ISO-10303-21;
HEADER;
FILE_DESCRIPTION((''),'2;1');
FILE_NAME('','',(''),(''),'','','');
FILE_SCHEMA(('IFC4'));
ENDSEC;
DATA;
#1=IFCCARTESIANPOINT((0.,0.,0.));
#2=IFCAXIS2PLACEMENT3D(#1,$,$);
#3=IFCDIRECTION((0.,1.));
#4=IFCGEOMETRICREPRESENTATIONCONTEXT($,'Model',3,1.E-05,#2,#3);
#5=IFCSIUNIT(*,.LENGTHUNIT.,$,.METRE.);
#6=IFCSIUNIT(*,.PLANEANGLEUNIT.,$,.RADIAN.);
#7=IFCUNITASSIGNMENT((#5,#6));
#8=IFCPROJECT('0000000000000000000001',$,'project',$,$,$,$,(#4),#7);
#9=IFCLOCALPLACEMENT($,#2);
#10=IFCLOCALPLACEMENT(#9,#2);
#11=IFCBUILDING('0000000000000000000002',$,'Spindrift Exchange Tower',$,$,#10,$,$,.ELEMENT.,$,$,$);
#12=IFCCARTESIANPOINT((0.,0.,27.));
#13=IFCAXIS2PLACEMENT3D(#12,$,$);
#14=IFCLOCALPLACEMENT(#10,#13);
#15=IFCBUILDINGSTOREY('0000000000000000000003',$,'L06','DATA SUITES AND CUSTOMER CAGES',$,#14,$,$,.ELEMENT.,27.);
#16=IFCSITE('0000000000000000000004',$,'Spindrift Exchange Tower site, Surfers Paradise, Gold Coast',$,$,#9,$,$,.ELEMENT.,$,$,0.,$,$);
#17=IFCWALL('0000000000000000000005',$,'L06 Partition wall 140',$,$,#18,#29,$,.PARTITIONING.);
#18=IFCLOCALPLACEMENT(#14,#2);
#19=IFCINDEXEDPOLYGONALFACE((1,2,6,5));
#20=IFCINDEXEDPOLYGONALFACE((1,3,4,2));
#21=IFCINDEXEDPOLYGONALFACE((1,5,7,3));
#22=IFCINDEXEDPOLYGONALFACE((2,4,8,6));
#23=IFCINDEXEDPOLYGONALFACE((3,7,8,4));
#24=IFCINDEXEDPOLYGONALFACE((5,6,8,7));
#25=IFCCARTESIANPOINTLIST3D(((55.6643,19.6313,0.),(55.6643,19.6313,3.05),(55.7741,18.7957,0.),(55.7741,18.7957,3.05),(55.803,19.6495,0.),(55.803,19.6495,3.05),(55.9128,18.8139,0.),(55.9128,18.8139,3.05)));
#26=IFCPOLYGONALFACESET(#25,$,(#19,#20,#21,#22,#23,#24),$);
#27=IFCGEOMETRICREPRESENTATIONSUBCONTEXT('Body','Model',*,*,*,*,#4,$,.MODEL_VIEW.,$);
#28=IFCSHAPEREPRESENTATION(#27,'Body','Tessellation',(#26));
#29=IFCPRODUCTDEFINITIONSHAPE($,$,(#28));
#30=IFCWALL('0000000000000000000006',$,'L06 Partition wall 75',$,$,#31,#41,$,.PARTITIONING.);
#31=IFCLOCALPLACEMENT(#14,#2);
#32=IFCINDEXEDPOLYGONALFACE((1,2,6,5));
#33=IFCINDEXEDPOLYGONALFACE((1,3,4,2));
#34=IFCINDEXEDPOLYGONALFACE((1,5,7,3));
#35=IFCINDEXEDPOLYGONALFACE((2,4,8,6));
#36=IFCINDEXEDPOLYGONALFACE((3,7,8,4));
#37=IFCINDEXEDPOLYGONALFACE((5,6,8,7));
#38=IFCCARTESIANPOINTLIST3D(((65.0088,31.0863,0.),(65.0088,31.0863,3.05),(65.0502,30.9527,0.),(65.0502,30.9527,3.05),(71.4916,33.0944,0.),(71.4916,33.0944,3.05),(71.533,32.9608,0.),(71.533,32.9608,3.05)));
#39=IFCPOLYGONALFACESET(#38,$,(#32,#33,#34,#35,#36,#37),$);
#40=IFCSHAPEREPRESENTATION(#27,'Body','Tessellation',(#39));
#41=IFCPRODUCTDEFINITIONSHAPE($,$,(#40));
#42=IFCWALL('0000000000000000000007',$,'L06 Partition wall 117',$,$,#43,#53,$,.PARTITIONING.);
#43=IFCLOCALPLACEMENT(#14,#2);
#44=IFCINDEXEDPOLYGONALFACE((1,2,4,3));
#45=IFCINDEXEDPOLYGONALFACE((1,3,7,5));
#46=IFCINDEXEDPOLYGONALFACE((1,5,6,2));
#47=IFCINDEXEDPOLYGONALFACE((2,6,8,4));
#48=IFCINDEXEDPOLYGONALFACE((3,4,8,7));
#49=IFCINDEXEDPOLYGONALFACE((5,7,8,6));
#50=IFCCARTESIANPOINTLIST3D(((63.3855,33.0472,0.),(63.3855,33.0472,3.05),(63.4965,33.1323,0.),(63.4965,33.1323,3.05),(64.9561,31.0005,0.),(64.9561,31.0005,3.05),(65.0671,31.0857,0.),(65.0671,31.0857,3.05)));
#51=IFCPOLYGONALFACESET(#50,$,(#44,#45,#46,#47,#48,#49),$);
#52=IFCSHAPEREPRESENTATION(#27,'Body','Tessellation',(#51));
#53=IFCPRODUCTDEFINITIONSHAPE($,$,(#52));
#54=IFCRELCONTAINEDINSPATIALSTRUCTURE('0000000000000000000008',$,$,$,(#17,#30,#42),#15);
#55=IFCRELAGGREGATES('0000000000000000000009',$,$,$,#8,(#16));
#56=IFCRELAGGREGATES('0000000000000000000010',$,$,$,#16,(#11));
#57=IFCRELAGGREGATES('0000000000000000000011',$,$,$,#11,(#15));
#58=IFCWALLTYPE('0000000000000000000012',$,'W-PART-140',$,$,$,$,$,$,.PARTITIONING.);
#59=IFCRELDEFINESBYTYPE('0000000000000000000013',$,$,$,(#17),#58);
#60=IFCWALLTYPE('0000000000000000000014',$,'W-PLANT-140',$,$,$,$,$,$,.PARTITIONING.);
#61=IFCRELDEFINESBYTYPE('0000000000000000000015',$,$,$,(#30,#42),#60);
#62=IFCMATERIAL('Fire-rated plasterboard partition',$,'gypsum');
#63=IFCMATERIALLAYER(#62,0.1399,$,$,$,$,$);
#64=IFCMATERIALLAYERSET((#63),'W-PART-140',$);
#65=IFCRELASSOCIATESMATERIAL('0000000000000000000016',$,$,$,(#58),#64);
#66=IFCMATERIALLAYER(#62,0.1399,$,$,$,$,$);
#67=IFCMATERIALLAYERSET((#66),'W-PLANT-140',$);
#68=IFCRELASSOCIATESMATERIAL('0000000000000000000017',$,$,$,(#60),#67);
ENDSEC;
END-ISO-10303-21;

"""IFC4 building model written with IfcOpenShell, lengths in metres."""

from ifc_helpers import new_model, si_unit, direction, frame, frame_2d, origin, place, context, subcontext, project, spatial, rectangle, extrude, material, layer, layer_set, type_object, element, save


model = new_model("IFC4")

# Units and contexts
model_context = context("Model", 3, precision=1e-05, world=origin(), true_north=direction((0.0, 1.0)))
body_context = subcontext(model_context, "Body", "Model", "MODEL_VIEW")
ifc_project = project(units=[si_unit("LENGTHUNIT", "METRE"), si_unit("PLANEANGLEUNIT", "RADIAN")], contexts=[model_context])

# Site, building, storey
site_placement = place(None, origin())
site = spatial("IfcSite", under=ifc_project, at=site_placement, Name="Spindrift Exchange Tower site, Surfers Paradise, Gold Coast", CompositionType="ELEMENT", RefElevation=0.0)
building_placement = place(site_placement, origin())
building = spatial("IfcBuilding", under=site, at=building_placement, Name="Spindrift Exchange Tower", CompositionType="ELEMENT")
storey_placement = place(building_placement, frame((0.0, 0.0, 27.0)))
storey = spatial("IfcBuildingStorey", under=building, at=storey_placement, Name="L06", Description="DATA SUITES AND CUSTOMER CAGES", CompositionType="ELEMENT", Elevation=27.0)

# Shared definitions
ifc_material_1 = material(Name="Fire-rated plasterboard partition", Category="gypsum")
ifc_layer_1 = layer(ifc_material_1, 0.1399)
ifc_layer_set_1 = layer_set([ifc_layer_1], Name="W-PART-140")
wall_type_1 = type_object("IfcWallType", Name="W-PART-140", PredefinedType="PARTITIONING", material=ifc_layer_set_1)

# Walls
wall_1_placement = place(storey_placement, frame((55.7336, 19.6404, 0.0), z_axis=(0.0, 0.0, 1.0), x_axis=(0.130342, -0.991469, 0.0)))
element("IfcWall", 1, at=wall_1_placement, inside=storey, type_object=wall_type_1, Name="L06 Partition wall 140", PredefinedType="PARTITIONING", context=body_context, shape_type="SweptSolid", body=[
    extrude(rectangle(XDim=0.8428, YDim=0.1399, at=frame_2d((0.4214, 0.0))), origin(), (0.0, 0.0, 1.0), 3.05),
])
ifc_layer_2 = layer(ifc_material_1, 0.1399)
ifc_layer_set_2 = layer_set([ifc_layer_2], Name="W-PLANT-140")
wall_type_2 = type_object("IfcWallType", Name="W-PLANT-140", PredefinedType="PARTITIONING", material=ifc_layer_set_2)
wall_2_placement = place(storey_placement, frame((65.0295, 31.0195, 0.0), z_axis=(0.0, 0.0, 1.0), x_axis=(0.955223, 0.295888, 0.0)))
element("IfcWall", 2, at=wall_2_placement, inside=storey, type_object=wall_type_2, Name="L06 Partition wall 75", PredefinedType="PARTITIONING", context=body_context, shape_type="SweptSolid", body=[
    extrude(rectangle(XDim=6.7866, YDim=0.1399, at=frame_2d((3.3933, 0.0))), origin(), (0.0, 0.0, 1.0), 3.05),
])
wall_3_placement = place(storey_placement, frame((63.4409, 33.0898, 0.0), z_axis=(0.0, 0.0, 1.0), x_axis=(0.608791, -0.793331, 0.0)))
element("IfcWall", 3, at=wall_3_placement, inside=storey, type_object=wall_type_2, Name="L06 Partition wall 117", PredefinedType="PARTITIONING", context=body_context, shape_type="SweptSolid", body=[
    extrude(rectangle(XDim=2.5798, YDim=0.1399, at=frame_2d((1.29, 0.0))), origin(), (0.0, 0.0, 1.0), 3.05),
])

save(model, "model.ifc")
